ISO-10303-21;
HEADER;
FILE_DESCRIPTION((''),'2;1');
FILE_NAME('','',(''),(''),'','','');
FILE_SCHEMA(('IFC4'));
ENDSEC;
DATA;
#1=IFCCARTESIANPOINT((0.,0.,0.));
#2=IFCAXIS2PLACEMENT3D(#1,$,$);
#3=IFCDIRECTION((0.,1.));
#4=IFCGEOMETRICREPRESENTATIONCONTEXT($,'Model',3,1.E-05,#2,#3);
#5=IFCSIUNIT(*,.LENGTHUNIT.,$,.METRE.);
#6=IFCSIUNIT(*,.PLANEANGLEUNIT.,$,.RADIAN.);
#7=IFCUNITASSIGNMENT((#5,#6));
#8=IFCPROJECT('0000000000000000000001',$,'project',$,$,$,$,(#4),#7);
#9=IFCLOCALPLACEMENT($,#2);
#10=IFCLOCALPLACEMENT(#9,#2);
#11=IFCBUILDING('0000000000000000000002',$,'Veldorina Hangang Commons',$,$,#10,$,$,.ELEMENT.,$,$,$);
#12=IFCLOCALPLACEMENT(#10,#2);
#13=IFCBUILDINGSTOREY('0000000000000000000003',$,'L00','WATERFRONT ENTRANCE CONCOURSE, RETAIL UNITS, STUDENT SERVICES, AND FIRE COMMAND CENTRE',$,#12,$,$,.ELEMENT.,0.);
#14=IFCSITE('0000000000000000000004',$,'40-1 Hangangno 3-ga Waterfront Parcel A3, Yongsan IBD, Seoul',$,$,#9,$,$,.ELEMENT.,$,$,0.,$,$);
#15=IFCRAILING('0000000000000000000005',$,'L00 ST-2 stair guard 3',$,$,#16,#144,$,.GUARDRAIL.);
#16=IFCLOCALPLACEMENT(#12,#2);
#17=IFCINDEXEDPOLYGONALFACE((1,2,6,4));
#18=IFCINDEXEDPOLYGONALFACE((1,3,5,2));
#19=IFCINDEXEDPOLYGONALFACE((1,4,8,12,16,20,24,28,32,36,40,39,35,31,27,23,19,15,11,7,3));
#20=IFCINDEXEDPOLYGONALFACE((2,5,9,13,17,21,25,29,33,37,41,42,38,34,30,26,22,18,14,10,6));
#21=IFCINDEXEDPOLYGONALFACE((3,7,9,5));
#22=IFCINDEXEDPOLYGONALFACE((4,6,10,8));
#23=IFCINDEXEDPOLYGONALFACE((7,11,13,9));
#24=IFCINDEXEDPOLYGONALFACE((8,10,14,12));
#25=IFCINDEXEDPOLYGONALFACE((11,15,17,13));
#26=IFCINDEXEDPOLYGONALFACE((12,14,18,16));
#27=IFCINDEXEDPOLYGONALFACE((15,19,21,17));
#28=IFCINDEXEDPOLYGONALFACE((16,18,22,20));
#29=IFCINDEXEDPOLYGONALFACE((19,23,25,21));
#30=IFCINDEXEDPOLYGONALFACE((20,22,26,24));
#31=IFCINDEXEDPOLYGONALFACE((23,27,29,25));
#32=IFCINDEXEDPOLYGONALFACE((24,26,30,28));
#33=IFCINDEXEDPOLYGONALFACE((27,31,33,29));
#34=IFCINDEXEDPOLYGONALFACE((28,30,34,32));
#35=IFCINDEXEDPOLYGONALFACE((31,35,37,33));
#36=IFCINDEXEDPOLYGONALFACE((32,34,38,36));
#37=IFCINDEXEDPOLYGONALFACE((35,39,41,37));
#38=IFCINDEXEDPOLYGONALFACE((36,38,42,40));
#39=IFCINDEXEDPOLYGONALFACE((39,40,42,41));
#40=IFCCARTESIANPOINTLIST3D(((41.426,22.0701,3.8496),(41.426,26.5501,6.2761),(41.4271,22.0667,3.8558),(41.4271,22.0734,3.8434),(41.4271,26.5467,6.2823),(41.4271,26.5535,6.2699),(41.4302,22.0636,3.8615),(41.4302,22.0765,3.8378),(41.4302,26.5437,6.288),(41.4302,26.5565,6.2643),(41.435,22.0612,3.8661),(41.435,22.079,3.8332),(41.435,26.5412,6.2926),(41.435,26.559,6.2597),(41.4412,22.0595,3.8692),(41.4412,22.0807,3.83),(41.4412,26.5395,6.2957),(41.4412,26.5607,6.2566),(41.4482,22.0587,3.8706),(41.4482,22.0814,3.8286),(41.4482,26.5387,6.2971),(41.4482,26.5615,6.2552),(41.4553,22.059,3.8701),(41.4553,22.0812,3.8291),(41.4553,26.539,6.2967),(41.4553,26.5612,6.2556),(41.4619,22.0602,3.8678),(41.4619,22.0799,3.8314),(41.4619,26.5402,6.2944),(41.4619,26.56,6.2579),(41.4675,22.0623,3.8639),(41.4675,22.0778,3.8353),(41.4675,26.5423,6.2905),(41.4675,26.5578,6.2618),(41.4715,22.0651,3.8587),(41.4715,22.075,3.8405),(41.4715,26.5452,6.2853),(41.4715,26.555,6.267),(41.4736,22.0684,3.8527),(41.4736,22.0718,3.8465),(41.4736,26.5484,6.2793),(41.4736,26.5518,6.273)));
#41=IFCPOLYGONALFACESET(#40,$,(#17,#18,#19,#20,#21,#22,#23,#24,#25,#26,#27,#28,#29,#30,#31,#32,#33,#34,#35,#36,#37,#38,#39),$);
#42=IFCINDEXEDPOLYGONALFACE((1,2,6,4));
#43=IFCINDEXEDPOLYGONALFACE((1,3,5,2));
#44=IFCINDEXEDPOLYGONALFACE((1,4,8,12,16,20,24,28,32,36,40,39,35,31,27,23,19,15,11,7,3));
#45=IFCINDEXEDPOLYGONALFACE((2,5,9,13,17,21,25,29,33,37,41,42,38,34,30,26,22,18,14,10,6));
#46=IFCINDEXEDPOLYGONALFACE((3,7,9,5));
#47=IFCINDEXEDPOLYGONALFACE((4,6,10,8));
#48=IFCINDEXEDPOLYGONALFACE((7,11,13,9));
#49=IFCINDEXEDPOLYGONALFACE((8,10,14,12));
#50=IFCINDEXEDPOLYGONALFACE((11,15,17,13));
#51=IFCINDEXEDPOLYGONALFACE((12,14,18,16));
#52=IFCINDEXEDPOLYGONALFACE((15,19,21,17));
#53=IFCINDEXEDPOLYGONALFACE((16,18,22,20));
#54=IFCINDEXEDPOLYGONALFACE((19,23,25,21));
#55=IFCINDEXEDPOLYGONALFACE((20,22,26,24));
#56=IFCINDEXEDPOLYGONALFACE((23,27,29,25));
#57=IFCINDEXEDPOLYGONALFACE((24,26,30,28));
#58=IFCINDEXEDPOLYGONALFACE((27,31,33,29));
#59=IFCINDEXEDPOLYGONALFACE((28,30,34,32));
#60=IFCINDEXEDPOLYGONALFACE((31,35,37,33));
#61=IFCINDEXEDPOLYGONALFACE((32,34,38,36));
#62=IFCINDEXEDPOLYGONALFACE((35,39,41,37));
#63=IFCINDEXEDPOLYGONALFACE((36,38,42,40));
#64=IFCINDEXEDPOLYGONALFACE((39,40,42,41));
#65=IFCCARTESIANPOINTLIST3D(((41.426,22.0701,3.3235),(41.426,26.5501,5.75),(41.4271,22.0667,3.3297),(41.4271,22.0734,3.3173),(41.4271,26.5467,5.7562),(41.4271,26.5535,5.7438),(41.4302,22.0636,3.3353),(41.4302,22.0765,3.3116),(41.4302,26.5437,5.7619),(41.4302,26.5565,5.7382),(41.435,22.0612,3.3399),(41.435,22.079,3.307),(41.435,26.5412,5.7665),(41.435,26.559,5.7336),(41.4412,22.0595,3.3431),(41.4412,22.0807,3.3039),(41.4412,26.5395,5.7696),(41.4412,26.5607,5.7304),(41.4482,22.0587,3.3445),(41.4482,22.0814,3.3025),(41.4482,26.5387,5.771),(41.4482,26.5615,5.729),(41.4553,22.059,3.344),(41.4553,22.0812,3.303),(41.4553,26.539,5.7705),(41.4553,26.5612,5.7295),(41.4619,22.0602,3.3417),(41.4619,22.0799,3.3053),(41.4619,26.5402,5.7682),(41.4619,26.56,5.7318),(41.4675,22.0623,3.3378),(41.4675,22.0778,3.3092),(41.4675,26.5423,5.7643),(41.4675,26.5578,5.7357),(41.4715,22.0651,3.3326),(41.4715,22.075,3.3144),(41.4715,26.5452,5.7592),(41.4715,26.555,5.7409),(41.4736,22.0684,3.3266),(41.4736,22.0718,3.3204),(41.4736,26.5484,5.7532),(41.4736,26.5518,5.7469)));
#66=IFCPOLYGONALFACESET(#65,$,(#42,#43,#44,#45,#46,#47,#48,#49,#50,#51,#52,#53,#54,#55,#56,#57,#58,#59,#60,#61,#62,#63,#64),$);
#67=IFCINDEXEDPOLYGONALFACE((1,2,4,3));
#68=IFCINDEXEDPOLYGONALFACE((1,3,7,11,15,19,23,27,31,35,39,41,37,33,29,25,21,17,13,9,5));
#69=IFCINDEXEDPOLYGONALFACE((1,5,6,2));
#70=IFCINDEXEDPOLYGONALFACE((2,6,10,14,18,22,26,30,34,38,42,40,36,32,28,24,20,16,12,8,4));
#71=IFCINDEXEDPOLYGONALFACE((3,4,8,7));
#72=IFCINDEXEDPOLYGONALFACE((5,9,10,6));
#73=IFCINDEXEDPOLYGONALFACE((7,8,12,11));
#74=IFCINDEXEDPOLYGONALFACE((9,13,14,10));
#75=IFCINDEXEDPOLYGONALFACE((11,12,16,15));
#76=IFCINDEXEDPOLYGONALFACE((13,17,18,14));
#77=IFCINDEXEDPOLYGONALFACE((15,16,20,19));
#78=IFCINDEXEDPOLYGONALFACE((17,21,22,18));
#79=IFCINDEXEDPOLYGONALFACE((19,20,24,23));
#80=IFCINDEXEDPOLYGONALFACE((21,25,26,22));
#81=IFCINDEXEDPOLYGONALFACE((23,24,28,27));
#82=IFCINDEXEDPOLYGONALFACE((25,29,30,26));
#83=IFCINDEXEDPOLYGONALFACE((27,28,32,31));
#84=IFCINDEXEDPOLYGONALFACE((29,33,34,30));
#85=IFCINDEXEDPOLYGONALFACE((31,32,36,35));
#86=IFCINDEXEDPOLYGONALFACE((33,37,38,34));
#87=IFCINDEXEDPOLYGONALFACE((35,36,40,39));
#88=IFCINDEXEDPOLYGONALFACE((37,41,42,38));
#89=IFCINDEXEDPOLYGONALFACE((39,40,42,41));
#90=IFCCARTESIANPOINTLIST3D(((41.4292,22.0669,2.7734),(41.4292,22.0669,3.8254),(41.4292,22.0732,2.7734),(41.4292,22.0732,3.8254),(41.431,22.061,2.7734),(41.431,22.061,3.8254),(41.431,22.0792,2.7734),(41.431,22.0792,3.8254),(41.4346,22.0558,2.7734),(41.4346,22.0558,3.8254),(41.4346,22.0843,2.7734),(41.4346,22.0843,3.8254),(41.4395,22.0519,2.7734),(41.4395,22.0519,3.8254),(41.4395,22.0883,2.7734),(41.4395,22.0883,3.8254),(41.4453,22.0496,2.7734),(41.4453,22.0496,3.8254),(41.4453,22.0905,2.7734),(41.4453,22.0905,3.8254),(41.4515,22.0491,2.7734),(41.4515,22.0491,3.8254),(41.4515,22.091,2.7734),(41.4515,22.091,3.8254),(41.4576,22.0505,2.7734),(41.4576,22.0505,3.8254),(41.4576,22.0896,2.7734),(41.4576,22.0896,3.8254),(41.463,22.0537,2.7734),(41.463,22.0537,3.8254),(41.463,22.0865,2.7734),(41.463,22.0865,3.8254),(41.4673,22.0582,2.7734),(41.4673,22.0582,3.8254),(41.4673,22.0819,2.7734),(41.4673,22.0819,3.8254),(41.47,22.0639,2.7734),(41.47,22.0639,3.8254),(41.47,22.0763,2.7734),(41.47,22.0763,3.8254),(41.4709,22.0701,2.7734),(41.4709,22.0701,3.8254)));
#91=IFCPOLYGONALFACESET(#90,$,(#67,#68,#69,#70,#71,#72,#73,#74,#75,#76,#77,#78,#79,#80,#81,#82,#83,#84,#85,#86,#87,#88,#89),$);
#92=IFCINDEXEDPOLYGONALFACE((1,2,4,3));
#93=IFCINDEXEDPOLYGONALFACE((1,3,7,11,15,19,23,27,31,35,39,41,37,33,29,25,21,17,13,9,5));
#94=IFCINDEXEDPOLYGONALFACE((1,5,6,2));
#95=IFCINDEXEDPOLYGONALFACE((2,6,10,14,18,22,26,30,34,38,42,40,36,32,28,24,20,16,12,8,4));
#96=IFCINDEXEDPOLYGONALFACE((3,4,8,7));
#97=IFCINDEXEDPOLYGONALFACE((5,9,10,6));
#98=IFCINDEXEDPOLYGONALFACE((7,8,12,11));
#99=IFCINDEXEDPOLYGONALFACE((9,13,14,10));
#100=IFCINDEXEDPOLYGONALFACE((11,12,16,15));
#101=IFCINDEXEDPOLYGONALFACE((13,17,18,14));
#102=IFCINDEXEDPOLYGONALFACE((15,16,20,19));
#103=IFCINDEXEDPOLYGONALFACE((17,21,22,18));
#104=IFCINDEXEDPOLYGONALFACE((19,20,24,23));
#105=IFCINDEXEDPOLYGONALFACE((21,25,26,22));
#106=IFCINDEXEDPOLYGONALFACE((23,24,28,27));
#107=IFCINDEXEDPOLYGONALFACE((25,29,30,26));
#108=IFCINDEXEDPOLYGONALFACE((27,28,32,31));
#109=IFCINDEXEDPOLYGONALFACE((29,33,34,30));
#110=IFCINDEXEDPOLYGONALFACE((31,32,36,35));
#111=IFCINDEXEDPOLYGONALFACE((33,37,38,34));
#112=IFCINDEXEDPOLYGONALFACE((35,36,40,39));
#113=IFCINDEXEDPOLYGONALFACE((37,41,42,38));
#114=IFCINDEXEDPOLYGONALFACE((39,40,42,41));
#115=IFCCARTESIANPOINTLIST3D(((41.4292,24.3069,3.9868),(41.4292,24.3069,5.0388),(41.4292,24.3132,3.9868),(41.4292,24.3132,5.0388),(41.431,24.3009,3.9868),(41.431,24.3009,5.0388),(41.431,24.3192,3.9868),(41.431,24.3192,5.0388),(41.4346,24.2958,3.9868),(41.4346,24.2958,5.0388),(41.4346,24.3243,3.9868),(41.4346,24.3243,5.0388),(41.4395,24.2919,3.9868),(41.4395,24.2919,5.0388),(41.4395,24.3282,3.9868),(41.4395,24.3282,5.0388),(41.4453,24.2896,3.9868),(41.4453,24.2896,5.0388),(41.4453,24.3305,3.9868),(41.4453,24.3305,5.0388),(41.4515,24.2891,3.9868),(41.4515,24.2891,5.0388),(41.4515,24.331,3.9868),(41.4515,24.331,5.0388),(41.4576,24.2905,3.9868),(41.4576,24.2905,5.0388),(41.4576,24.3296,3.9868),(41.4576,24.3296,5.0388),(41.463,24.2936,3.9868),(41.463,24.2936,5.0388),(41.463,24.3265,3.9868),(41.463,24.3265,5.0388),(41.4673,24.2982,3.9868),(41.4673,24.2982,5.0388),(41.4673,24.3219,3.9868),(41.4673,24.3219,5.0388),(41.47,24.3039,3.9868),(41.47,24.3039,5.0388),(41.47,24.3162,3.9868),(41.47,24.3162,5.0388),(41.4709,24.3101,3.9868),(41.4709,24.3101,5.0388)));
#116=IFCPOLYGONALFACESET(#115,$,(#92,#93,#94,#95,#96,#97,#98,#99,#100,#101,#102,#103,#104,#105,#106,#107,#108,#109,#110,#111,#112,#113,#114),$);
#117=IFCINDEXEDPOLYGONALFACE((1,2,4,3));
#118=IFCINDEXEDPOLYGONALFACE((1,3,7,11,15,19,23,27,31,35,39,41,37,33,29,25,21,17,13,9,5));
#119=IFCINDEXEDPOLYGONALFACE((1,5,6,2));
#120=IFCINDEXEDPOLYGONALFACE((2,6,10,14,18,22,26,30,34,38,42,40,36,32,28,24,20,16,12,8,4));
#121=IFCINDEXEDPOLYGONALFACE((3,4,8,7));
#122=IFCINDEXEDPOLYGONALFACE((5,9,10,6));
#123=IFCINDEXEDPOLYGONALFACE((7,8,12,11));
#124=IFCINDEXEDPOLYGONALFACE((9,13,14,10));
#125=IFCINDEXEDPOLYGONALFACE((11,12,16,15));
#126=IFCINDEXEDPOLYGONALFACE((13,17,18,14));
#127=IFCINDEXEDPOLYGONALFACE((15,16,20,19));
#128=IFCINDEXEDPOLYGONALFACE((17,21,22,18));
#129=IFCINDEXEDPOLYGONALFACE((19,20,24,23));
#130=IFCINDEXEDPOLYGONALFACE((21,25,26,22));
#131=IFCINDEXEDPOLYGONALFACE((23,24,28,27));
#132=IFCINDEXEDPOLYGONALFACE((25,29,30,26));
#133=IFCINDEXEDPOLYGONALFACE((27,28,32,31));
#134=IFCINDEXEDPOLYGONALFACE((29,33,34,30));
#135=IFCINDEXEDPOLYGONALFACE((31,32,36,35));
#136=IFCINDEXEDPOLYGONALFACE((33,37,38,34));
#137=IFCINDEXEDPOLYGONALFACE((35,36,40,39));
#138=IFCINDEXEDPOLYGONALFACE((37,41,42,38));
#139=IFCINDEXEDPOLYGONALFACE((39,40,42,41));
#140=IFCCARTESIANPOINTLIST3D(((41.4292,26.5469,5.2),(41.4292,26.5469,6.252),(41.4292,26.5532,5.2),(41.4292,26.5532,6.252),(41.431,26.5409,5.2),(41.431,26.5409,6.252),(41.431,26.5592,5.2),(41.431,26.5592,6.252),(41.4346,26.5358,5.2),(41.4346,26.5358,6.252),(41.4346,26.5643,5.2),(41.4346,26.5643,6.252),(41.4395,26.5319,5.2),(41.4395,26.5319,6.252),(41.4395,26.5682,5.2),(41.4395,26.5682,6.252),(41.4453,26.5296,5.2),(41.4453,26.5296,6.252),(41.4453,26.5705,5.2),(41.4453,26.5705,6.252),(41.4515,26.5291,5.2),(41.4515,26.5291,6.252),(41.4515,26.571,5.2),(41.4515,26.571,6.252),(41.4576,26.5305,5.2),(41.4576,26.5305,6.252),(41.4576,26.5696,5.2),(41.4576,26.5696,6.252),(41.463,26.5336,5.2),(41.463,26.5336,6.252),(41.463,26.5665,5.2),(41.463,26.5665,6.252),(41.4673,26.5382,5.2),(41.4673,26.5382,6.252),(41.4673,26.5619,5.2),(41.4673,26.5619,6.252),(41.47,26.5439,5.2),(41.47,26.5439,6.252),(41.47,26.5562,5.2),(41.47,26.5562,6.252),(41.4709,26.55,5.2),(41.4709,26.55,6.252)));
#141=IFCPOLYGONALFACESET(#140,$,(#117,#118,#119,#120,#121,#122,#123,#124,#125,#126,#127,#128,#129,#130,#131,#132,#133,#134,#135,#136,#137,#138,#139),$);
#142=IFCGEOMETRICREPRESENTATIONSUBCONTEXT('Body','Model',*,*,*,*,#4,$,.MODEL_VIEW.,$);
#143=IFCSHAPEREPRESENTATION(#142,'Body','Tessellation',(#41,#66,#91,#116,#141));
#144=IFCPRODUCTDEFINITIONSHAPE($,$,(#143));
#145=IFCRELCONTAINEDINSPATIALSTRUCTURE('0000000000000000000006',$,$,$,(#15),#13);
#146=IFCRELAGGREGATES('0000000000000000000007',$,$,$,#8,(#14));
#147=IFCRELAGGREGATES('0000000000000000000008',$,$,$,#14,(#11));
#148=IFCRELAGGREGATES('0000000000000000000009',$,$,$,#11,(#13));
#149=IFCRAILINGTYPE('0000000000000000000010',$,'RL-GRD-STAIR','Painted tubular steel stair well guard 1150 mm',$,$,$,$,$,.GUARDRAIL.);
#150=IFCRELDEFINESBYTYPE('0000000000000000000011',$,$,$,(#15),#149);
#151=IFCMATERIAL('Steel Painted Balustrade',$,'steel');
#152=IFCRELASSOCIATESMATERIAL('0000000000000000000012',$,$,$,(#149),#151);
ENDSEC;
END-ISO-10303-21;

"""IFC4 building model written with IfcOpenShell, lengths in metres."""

from ifc_helpers import new_model, si_unit, direction, frame, origin, origin_2d, place, context, subcontext, project, spatial, circle, extrude, material, type_object, element, save


model = new_model("IFC4")

# Units and contexts
model_context = context("Model", 3, precision=1e-05, world=origin(), true_north=direction((0.0, 1.0)))
body_context = subcontext(model_context, "Body", "Model", "MODEL_VIEW")
ifc_project = project(units=[si_unit("LENGTHUNIT", "METRE"), si_unit("PLANEANGLEUNIT", "RADIAN")], contexts=[model_context])

# Site, building, storey
site_placement = place(None, origin())
site = spatial("IfcSite", under=ifc_project, at=site_placement, Name="40-1 Hangangno 3-ga Waterfront Parcel A3, Yongsan IBD, Seoul", CompositionType="ELEMENT", RefElevation=0.0)
building_placement = place(site_placement, origin())
building = spatial("IfcBuilding", under=site, at=building_placement, Name="Veldorina Hangang Commons", CompositionType="ELEMENT")
storey_placement = place(building_placement, origin())
storey = spatial("IfcBuildingStorey", under=building, at=storey_placement, Name="L00", Description="WATERFRONT ENTRANCE CONCOURSE, RETAIL UNITS, STUDENT SERVICES, AND FIRE COMMAND CENTRE", CompositionType="ELEMENT", Elevation=0.0)

# Railing
ifc_material_1 = material(Name="Steel Painted Balustrade", Category="steel")
railing_type_1 = type_object("IfcRailingType", Name="RL-GRD-STAIR", Description="Painted tubular steel stair well guard 1150 mm", PredefinedType="GUARDRAIL", material=ifc_material_1)
railing_1_placement = place(storey_placement, frame((41.45, 22.0701, 2.7734)))
element("IfcRailing", 1, at=railing_1_placement, inside=storey, type_object=railing_type_1, Name="L00 ST-2 stair guard 3", PredefinedType="GUARDRAIL", context=body_context, shape_type="SweptSolid", body=[
    extrude(circle(Radius=0.0239, at=origin_2d()), frame((0.0, 0.0, 1.0762), z_axis=(0.0, 0.879304, 0.476262), x_axis=(-1.0, 0.0, 0.0)), (0.0, 0.0, 1.0), 5.095),
    extrude(circle(Radius=0.0239, at=origin_2d()), frame((0.0, 0.0, 0.55), z_axis=(0.0, 0.879304, 0.476262), x_axis=(-1.0, 0.0, 0.0)), (0.0, 0.0, 1.0), 5.095),
    extrude(circle(Radius=0.021, at=origin_2d()), origin(), (0.0, 0.0, 1.0), 1.052),
    extrude(circle(Radius=0.021, at=origin_2d()), frame((0.0, 2.24, 1.2134)), (0.0, 0.0, 1.0), 1.052),
    extrude(circle(Radius=0.021, at=origin_2d()), frame((0.0, 4.48, 2.4265)), (0.0, 0.0, 1.0), 1.052),
])

save(model, "model.ifc")
